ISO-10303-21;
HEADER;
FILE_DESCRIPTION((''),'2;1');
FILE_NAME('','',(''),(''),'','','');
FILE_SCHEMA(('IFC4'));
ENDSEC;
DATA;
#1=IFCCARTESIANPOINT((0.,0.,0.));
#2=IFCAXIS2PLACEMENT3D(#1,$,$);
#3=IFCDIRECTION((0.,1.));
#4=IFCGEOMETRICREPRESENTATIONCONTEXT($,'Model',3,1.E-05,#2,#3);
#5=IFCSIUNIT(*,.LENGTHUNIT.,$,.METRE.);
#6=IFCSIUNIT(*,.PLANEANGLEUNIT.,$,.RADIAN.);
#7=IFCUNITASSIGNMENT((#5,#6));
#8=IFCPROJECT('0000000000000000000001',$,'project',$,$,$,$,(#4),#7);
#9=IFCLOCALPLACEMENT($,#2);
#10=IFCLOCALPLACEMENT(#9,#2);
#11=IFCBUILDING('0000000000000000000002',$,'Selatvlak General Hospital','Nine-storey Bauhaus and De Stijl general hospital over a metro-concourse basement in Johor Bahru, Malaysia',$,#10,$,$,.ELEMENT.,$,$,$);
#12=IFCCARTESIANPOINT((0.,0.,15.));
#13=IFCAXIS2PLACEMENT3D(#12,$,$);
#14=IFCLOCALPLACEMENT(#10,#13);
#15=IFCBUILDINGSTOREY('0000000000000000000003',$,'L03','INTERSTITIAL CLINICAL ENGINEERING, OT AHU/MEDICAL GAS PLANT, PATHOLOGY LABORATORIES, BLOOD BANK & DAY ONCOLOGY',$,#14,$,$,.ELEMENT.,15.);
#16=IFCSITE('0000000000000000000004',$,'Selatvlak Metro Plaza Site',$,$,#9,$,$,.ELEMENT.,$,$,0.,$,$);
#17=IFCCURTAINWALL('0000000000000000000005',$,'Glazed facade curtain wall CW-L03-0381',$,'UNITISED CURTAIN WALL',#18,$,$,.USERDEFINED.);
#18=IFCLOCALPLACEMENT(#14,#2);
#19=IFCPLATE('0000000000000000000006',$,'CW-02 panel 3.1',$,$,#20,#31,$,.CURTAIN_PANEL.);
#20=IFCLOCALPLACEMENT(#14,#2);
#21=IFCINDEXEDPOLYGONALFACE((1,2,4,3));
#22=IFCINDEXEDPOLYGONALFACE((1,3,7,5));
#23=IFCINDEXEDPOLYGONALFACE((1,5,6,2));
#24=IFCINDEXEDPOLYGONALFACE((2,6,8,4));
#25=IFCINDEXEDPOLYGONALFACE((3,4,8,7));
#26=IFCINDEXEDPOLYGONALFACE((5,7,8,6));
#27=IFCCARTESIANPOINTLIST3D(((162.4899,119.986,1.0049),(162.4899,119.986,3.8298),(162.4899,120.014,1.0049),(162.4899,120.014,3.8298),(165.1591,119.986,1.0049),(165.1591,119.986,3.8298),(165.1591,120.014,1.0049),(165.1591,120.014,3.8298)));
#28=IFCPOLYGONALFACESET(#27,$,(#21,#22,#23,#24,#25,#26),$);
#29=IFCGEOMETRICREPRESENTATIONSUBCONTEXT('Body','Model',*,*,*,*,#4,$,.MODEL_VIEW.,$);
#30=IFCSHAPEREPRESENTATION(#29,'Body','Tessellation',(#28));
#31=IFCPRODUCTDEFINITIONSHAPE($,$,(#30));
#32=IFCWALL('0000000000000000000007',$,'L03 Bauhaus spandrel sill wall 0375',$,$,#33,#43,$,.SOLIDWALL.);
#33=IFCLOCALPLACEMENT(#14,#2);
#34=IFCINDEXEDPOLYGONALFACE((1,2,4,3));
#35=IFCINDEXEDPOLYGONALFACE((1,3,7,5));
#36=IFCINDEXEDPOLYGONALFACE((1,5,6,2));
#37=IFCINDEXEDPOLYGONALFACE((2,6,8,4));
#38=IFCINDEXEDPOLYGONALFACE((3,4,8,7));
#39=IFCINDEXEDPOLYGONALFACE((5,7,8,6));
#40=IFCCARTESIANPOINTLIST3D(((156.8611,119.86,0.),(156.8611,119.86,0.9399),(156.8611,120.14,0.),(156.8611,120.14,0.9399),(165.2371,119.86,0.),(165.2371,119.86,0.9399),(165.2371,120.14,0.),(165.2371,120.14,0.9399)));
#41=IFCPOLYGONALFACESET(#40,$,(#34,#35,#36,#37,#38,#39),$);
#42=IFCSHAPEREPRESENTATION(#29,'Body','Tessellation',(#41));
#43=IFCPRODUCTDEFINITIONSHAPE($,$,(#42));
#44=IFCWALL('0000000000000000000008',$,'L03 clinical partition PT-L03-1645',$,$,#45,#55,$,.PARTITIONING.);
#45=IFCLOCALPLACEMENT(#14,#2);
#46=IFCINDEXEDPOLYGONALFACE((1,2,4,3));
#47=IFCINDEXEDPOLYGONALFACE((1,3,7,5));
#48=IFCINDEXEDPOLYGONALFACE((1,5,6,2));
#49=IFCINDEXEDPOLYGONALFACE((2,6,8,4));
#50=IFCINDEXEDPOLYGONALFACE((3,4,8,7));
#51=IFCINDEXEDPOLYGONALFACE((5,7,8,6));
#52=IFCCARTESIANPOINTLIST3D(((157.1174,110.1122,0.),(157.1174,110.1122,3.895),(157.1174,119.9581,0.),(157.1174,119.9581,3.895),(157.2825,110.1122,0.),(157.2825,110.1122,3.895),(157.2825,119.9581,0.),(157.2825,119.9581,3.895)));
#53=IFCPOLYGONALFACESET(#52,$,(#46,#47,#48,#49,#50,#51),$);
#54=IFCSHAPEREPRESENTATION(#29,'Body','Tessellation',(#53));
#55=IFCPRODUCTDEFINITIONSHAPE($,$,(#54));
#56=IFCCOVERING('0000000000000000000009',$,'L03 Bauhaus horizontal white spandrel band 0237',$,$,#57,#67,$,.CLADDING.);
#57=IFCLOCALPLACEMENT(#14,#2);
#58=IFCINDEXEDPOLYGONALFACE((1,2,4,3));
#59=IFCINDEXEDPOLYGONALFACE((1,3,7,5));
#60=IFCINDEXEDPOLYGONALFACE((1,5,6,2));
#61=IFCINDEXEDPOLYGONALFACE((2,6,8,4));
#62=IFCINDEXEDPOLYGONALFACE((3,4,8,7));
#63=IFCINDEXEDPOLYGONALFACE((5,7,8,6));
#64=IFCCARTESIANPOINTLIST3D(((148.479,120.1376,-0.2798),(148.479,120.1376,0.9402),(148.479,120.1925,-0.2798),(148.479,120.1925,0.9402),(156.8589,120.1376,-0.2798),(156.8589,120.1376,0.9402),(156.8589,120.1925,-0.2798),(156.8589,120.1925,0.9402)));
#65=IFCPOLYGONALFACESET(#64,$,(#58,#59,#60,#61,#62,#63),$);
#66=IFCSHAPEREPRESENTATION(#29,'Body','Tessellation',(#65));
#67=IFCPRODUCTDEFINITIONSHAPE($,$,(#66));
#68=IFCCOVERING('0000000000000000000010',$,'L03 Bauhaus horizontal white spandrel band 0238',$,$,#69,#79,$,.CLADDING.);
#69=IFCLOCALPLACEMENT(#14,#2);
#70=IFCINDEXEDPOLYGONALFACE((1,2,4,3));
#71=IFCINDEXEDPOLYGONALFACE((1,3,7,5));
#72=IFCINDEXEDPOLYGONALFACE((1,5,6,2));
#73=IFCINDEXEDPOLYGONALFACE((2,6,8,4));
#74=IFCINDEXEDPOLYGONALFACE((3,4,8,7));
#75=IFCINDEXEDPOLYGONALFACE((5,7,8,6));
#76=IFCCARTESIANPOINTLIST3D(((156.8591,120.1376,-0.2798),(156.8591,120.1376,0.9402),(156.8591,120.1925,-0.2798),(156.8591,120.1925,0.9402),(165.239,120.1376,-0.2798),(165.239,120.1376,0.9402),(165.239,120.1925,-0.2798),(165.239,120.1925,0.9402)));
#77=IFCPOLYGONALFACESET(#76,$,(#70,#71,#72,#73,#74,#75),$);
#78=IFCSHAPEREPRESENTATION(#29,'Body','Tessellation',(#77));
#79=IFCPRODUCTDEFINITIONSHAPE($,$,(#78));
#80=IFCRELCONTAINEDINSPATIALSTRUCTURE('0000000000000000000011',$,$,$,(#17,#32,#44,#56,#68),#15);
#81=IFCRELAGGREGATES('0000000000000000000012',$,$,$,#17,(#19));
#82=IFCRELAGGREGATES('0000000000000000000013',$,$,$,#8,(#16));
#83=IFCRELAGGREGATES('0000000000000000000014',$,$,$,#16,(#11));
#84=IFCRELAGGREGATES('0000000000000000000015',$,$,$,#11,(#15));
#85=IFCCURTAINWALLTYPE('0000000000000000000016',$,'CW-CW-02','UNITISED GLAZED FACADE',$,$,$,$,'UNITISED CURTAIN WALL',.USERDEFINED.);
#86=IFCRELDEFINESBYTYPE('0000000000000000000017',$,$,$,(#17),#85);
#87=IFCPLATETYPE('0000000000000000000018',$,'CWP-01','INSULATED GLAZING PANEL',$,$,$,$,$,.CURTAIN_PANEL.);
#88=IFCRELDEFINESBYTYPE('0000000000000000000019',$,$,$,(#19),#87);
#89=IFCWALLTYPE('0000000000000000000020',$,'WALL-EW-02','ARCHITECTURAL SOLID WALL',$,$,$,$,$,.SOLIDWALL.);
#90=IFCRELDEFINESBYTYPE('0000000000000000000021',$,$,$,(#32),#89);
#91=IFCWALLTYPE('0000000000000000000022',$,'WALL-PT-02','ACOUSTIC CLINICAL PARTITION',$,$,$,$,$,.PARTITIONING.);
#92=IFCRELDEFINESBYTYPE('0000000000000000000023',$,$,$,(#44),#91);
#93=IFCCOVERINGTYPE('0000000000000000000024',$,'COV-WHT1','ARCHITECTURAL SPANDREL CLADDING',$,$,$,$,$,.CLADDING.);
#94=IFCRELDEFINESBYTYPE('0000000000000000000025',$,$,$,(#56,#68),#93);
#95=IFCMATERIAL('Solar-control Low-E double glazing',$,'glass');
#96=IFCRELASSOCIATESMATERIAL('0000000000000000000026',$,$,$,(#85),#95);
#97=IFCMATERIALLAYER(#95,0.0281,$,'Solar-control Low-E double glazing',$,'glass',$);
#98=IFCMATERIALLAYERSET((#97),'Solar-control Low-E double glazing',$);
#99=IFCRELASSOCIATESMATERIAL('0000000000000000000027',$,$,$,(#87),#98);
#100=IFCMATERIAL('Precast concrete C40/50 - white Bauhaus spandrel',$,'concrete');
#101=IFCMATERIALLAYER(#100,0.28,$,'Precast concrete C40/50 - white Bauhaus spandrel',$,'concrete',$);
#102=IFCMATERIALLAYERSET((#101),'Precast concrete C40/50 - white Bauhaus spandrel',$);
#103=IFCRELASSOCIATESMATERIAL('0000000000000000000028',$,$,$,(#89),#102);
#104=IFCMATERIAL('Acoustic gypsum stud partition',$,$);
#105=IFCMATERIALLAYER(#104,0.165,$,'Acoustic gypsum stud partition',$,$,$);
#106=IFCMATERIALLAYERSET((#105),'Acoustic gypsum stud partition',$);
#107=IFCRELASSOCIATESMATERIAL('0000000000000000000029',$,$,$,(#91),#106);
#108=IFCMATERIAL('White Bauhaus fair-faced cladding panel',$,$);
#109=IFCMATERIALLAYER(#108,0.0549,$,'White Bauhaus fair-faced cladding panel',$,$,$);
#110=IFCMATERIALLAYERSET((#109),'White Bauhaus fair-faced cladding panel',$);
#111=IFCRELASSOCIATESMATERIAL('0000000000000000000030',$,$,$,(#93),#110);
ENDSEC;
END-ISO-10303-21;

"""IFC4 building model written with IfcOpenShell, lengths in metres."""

from ifc_helpers import new_model, si_unit, direction, frame, frame_2d, origin, origin_2d, place, context, subcontext, project, spatial, rectangle, extrude, material, layer, layer_set, type_object, element, aggregate, save


model = new_model("IFC4")

# Units and contexts
model_context = context("Model", 3, precision=1e-05, world=origin(), true_north=direction((0.0, 1.0)))
body_context = subcontext(model_context, "Body", "Model", "MODEL_VIEW")
ifc_project = project(units=[si_unit("LENGTHUNIT", "METRE"), si_unit("PLANEANGLEUNIT", "RADIAN")], contexts=[model_context])

# Site, building, storey
site_placement = place(None, origin())
site = spatial("IfcSite", under=ifc_project, at=site_placement, Name="Selatvlak Metro Plaza Site", CompositionType="ELEMENT", RefElevation=0.0)
building_placement = place(site_placement, origin())
building = spatial("IfcBuilding", under=site, at=building_placement, Name="Selatvlak General Hospital", Description="Nine-storey Bauhaus and De Stijl general hospital over a metro-concourse basement in Johor Bahru, Malaysia", CompositionType="ELEMENT")
storey_placement = place(building_placement, frame((0.0, 0.0, 15.0)))
storey = spatial("IfcBuildingStorey", under=building, at=storey_placement, Name="L03", Description="INTERSTITIAL CLINICAL ENGINEERING, OT AHU/MEDICAL GAS PLANT, PATHOLOGY LABORATORIES, BLOOD BANK & DAY ONCOLOGY", CompositionType="ELEMENT", Elevation=15.0)

# Curtain wall
ifc_material_1 = material(Name="Solar-control Low-E double glazing", Category="glass")
curtain_wall_type_1 = type_object("IfcCurtainWallType", Name="CW-CW-02", Description="UNITISED GLAZED FACADE", ElementType="UNITISED CURTAIN WALL", PredefinedType="USERDEFINED", material=ifc_material_1)
curtain_wall_1_placement = place(storey_placement, origin())
curtain_wall_1 = element("IfcCurtainWall", 1, at=curtain_wall_1_placement, inside=storey, type_object=curtain_wall_type_1, Name="Glazed facade curtain wall CW-L03-0381", ObjectType="UNITISED CURTAIN WALL", PredefinedType="USERDEFINED")

# Plate
ifc_layer_1 = layer(ifc_material_1, 0.0281, Name="Solar-control Low-E double glazing", Category="glass")
ifc_layer_set_1 = layer_set([ifc_layer_1], Name="Solar-control Low-E double glazing")
plate_type = type_object("IfcPlateType", Name="CWP-01", Description="INSULATED GLAZING PANEL", PredefinedType="CURTAIN_PANEL", material=ifc_layer_set_1)
plate_1_placement = place(storey_placement, frame((163.8245, 120.0, 1.0049), z_axis=(0.0, 0.0, 1.0), x_axis=(1.0, 0.0, 0.0)))
plate_1 = element("IfcPlate", 2, at=plate_1_placement, type_object=plate_type, Name="CW-02 panel 3.1", PredefinedType="CURTAIN_PANEL", context=body_context, shape_type="SweptSolid", body=[
    extrude(rectangle(XDim=2.6692, YDim=0.0281, at=origin_2d()), origin(), (0.0, 0.0, 1.0), 2.825),
])
aggregate(curtain_wall_1, [plate_1])

# Walls
ifc_material_2 = material(Name="Precast concrete C40/50 - white Bauhaus spandrel", Category="concrete")
ifc_layer_2 = layer(ifc_material_2, 0.28, Name="Precast concrete C40/50 - white Bauhaus spandrel", Category="concrete")
ifc_layer_set_2 = layer_set([ifc_layer_2], Name="Precast concrete C40/50 - white Bauhaus spandrel")
wall_type_1 = type_object("IfcWallType", Name="WALL-EW-02", Description="ARCHITECTURAL SOLID WALL", PredefinedType="SOLIDWALL", material=ifc_layer_set_2)
wall_1_placement = place(storey_placement, frame((156.8611, 120.0, 0.0), z_axis=(0.0, 0.0, 1.0), x_axis=(1.0, 0.0, 0.0)))
element("IfcWall", 3, at=wall_1_placement, inside=storey, type_object=wall_type_1, Name="L03 Bauhaus spandrel sill wall 0375", PredefinedType="SOLIDWALL", context=body_context, shape_type="SweptSolid", body=[
    extrude(rectangle(XDim=8.376, YDim=0.28, at=frame_2d((4.188, 0.0))), origin(), (0.0, 0.0, 1.0), 0.9399),
])
ifc_material_3 = material(Name="Acoustic gypsum stud partition")
ifc_layer_3 = layer(ifc_material_3, 0.165, Name="Acoustic gypsum stud partition")
ifc_layer_set_3 = layer_set([ifc_layer_3], Name="Acoustic gypsum stud partition")
wall_type_2 = type_object("IfcWallType", Name="WALL-PT-02", Description="ACOUSTIC CLINICAL PARTITION", PredefinedType="PARTITIONING", material=ifc_layer_set_3)
wall_2_placement = place(storey_placement, frame((157.2, 119.958, 0.0), z_axis=(0.0, 0.0, 1.0), x_axis=(0.0, -1.0, 0.0)))
element("IfcWall", 4, at=wall_2_placement, inside=storey, type_object=wall_type_2, Name="L03 clinical partition PT-L03-1645", PredefinedType="PARTITIONING", context=body_context, shape_type="SweptSolid", body=[
    extrude(rectangle(XDim=9.8459, YDim=0.165, at=frame_2d((4.9229, 0.0))), origin(), (0.0, 0.0, 1.0), 3.895),
])

# Coverings
ifc_material_4 = material(Name="White Bauhaus fair-faced cladding panel")
ifc_layer_4 = layer(ifc_material_4, 0.0549, Name="White Bauhaus fair-faced cladding panel")
ifc_layer_set_4 = layer_set([ifc_layer_4], Name="White Bauhaus fair-faced cladding panel")
covering_type = type_object("IfcCoveringType", Name="COV-WHT1", Description="ARCHITECTURAL SPANDREL CLADDING", PredefinedType="CLADDING", material=ifc_layer_set_4)
for number, where, z_axis, x_axis, name in (
    (5, (152.6689, 120.165, -0.2798), (0.0, 0.0, 1.0), (1.0, 0.0, 0.0), "L03 Bauhaus horizontal white spandrel band 0237"),
    (6, (161.0491, 120.165, -0.2798), (0.0, 0.0, 1.0), (1.0, 0.0, 0.0), "L03 Bauhaus horizontal white spandrel band 0238"),
):
    element("IfcCovering", number, at=place(storey_placement, frame(where, z_axis=z_axis, x_axis=x_axis)), inside=storey, type_object=covering_type, Name=name, PredefinedType="CLADDING", context=body_context, shape_type="SweptSolid", body=[
        extrude(rectangle(XDim=8.3799, YDim=0.0549, at=origin_2d()), origin(), (0.0, 0.0, 1.0), 1.22),
    ])

save(model, "model.ifc")
